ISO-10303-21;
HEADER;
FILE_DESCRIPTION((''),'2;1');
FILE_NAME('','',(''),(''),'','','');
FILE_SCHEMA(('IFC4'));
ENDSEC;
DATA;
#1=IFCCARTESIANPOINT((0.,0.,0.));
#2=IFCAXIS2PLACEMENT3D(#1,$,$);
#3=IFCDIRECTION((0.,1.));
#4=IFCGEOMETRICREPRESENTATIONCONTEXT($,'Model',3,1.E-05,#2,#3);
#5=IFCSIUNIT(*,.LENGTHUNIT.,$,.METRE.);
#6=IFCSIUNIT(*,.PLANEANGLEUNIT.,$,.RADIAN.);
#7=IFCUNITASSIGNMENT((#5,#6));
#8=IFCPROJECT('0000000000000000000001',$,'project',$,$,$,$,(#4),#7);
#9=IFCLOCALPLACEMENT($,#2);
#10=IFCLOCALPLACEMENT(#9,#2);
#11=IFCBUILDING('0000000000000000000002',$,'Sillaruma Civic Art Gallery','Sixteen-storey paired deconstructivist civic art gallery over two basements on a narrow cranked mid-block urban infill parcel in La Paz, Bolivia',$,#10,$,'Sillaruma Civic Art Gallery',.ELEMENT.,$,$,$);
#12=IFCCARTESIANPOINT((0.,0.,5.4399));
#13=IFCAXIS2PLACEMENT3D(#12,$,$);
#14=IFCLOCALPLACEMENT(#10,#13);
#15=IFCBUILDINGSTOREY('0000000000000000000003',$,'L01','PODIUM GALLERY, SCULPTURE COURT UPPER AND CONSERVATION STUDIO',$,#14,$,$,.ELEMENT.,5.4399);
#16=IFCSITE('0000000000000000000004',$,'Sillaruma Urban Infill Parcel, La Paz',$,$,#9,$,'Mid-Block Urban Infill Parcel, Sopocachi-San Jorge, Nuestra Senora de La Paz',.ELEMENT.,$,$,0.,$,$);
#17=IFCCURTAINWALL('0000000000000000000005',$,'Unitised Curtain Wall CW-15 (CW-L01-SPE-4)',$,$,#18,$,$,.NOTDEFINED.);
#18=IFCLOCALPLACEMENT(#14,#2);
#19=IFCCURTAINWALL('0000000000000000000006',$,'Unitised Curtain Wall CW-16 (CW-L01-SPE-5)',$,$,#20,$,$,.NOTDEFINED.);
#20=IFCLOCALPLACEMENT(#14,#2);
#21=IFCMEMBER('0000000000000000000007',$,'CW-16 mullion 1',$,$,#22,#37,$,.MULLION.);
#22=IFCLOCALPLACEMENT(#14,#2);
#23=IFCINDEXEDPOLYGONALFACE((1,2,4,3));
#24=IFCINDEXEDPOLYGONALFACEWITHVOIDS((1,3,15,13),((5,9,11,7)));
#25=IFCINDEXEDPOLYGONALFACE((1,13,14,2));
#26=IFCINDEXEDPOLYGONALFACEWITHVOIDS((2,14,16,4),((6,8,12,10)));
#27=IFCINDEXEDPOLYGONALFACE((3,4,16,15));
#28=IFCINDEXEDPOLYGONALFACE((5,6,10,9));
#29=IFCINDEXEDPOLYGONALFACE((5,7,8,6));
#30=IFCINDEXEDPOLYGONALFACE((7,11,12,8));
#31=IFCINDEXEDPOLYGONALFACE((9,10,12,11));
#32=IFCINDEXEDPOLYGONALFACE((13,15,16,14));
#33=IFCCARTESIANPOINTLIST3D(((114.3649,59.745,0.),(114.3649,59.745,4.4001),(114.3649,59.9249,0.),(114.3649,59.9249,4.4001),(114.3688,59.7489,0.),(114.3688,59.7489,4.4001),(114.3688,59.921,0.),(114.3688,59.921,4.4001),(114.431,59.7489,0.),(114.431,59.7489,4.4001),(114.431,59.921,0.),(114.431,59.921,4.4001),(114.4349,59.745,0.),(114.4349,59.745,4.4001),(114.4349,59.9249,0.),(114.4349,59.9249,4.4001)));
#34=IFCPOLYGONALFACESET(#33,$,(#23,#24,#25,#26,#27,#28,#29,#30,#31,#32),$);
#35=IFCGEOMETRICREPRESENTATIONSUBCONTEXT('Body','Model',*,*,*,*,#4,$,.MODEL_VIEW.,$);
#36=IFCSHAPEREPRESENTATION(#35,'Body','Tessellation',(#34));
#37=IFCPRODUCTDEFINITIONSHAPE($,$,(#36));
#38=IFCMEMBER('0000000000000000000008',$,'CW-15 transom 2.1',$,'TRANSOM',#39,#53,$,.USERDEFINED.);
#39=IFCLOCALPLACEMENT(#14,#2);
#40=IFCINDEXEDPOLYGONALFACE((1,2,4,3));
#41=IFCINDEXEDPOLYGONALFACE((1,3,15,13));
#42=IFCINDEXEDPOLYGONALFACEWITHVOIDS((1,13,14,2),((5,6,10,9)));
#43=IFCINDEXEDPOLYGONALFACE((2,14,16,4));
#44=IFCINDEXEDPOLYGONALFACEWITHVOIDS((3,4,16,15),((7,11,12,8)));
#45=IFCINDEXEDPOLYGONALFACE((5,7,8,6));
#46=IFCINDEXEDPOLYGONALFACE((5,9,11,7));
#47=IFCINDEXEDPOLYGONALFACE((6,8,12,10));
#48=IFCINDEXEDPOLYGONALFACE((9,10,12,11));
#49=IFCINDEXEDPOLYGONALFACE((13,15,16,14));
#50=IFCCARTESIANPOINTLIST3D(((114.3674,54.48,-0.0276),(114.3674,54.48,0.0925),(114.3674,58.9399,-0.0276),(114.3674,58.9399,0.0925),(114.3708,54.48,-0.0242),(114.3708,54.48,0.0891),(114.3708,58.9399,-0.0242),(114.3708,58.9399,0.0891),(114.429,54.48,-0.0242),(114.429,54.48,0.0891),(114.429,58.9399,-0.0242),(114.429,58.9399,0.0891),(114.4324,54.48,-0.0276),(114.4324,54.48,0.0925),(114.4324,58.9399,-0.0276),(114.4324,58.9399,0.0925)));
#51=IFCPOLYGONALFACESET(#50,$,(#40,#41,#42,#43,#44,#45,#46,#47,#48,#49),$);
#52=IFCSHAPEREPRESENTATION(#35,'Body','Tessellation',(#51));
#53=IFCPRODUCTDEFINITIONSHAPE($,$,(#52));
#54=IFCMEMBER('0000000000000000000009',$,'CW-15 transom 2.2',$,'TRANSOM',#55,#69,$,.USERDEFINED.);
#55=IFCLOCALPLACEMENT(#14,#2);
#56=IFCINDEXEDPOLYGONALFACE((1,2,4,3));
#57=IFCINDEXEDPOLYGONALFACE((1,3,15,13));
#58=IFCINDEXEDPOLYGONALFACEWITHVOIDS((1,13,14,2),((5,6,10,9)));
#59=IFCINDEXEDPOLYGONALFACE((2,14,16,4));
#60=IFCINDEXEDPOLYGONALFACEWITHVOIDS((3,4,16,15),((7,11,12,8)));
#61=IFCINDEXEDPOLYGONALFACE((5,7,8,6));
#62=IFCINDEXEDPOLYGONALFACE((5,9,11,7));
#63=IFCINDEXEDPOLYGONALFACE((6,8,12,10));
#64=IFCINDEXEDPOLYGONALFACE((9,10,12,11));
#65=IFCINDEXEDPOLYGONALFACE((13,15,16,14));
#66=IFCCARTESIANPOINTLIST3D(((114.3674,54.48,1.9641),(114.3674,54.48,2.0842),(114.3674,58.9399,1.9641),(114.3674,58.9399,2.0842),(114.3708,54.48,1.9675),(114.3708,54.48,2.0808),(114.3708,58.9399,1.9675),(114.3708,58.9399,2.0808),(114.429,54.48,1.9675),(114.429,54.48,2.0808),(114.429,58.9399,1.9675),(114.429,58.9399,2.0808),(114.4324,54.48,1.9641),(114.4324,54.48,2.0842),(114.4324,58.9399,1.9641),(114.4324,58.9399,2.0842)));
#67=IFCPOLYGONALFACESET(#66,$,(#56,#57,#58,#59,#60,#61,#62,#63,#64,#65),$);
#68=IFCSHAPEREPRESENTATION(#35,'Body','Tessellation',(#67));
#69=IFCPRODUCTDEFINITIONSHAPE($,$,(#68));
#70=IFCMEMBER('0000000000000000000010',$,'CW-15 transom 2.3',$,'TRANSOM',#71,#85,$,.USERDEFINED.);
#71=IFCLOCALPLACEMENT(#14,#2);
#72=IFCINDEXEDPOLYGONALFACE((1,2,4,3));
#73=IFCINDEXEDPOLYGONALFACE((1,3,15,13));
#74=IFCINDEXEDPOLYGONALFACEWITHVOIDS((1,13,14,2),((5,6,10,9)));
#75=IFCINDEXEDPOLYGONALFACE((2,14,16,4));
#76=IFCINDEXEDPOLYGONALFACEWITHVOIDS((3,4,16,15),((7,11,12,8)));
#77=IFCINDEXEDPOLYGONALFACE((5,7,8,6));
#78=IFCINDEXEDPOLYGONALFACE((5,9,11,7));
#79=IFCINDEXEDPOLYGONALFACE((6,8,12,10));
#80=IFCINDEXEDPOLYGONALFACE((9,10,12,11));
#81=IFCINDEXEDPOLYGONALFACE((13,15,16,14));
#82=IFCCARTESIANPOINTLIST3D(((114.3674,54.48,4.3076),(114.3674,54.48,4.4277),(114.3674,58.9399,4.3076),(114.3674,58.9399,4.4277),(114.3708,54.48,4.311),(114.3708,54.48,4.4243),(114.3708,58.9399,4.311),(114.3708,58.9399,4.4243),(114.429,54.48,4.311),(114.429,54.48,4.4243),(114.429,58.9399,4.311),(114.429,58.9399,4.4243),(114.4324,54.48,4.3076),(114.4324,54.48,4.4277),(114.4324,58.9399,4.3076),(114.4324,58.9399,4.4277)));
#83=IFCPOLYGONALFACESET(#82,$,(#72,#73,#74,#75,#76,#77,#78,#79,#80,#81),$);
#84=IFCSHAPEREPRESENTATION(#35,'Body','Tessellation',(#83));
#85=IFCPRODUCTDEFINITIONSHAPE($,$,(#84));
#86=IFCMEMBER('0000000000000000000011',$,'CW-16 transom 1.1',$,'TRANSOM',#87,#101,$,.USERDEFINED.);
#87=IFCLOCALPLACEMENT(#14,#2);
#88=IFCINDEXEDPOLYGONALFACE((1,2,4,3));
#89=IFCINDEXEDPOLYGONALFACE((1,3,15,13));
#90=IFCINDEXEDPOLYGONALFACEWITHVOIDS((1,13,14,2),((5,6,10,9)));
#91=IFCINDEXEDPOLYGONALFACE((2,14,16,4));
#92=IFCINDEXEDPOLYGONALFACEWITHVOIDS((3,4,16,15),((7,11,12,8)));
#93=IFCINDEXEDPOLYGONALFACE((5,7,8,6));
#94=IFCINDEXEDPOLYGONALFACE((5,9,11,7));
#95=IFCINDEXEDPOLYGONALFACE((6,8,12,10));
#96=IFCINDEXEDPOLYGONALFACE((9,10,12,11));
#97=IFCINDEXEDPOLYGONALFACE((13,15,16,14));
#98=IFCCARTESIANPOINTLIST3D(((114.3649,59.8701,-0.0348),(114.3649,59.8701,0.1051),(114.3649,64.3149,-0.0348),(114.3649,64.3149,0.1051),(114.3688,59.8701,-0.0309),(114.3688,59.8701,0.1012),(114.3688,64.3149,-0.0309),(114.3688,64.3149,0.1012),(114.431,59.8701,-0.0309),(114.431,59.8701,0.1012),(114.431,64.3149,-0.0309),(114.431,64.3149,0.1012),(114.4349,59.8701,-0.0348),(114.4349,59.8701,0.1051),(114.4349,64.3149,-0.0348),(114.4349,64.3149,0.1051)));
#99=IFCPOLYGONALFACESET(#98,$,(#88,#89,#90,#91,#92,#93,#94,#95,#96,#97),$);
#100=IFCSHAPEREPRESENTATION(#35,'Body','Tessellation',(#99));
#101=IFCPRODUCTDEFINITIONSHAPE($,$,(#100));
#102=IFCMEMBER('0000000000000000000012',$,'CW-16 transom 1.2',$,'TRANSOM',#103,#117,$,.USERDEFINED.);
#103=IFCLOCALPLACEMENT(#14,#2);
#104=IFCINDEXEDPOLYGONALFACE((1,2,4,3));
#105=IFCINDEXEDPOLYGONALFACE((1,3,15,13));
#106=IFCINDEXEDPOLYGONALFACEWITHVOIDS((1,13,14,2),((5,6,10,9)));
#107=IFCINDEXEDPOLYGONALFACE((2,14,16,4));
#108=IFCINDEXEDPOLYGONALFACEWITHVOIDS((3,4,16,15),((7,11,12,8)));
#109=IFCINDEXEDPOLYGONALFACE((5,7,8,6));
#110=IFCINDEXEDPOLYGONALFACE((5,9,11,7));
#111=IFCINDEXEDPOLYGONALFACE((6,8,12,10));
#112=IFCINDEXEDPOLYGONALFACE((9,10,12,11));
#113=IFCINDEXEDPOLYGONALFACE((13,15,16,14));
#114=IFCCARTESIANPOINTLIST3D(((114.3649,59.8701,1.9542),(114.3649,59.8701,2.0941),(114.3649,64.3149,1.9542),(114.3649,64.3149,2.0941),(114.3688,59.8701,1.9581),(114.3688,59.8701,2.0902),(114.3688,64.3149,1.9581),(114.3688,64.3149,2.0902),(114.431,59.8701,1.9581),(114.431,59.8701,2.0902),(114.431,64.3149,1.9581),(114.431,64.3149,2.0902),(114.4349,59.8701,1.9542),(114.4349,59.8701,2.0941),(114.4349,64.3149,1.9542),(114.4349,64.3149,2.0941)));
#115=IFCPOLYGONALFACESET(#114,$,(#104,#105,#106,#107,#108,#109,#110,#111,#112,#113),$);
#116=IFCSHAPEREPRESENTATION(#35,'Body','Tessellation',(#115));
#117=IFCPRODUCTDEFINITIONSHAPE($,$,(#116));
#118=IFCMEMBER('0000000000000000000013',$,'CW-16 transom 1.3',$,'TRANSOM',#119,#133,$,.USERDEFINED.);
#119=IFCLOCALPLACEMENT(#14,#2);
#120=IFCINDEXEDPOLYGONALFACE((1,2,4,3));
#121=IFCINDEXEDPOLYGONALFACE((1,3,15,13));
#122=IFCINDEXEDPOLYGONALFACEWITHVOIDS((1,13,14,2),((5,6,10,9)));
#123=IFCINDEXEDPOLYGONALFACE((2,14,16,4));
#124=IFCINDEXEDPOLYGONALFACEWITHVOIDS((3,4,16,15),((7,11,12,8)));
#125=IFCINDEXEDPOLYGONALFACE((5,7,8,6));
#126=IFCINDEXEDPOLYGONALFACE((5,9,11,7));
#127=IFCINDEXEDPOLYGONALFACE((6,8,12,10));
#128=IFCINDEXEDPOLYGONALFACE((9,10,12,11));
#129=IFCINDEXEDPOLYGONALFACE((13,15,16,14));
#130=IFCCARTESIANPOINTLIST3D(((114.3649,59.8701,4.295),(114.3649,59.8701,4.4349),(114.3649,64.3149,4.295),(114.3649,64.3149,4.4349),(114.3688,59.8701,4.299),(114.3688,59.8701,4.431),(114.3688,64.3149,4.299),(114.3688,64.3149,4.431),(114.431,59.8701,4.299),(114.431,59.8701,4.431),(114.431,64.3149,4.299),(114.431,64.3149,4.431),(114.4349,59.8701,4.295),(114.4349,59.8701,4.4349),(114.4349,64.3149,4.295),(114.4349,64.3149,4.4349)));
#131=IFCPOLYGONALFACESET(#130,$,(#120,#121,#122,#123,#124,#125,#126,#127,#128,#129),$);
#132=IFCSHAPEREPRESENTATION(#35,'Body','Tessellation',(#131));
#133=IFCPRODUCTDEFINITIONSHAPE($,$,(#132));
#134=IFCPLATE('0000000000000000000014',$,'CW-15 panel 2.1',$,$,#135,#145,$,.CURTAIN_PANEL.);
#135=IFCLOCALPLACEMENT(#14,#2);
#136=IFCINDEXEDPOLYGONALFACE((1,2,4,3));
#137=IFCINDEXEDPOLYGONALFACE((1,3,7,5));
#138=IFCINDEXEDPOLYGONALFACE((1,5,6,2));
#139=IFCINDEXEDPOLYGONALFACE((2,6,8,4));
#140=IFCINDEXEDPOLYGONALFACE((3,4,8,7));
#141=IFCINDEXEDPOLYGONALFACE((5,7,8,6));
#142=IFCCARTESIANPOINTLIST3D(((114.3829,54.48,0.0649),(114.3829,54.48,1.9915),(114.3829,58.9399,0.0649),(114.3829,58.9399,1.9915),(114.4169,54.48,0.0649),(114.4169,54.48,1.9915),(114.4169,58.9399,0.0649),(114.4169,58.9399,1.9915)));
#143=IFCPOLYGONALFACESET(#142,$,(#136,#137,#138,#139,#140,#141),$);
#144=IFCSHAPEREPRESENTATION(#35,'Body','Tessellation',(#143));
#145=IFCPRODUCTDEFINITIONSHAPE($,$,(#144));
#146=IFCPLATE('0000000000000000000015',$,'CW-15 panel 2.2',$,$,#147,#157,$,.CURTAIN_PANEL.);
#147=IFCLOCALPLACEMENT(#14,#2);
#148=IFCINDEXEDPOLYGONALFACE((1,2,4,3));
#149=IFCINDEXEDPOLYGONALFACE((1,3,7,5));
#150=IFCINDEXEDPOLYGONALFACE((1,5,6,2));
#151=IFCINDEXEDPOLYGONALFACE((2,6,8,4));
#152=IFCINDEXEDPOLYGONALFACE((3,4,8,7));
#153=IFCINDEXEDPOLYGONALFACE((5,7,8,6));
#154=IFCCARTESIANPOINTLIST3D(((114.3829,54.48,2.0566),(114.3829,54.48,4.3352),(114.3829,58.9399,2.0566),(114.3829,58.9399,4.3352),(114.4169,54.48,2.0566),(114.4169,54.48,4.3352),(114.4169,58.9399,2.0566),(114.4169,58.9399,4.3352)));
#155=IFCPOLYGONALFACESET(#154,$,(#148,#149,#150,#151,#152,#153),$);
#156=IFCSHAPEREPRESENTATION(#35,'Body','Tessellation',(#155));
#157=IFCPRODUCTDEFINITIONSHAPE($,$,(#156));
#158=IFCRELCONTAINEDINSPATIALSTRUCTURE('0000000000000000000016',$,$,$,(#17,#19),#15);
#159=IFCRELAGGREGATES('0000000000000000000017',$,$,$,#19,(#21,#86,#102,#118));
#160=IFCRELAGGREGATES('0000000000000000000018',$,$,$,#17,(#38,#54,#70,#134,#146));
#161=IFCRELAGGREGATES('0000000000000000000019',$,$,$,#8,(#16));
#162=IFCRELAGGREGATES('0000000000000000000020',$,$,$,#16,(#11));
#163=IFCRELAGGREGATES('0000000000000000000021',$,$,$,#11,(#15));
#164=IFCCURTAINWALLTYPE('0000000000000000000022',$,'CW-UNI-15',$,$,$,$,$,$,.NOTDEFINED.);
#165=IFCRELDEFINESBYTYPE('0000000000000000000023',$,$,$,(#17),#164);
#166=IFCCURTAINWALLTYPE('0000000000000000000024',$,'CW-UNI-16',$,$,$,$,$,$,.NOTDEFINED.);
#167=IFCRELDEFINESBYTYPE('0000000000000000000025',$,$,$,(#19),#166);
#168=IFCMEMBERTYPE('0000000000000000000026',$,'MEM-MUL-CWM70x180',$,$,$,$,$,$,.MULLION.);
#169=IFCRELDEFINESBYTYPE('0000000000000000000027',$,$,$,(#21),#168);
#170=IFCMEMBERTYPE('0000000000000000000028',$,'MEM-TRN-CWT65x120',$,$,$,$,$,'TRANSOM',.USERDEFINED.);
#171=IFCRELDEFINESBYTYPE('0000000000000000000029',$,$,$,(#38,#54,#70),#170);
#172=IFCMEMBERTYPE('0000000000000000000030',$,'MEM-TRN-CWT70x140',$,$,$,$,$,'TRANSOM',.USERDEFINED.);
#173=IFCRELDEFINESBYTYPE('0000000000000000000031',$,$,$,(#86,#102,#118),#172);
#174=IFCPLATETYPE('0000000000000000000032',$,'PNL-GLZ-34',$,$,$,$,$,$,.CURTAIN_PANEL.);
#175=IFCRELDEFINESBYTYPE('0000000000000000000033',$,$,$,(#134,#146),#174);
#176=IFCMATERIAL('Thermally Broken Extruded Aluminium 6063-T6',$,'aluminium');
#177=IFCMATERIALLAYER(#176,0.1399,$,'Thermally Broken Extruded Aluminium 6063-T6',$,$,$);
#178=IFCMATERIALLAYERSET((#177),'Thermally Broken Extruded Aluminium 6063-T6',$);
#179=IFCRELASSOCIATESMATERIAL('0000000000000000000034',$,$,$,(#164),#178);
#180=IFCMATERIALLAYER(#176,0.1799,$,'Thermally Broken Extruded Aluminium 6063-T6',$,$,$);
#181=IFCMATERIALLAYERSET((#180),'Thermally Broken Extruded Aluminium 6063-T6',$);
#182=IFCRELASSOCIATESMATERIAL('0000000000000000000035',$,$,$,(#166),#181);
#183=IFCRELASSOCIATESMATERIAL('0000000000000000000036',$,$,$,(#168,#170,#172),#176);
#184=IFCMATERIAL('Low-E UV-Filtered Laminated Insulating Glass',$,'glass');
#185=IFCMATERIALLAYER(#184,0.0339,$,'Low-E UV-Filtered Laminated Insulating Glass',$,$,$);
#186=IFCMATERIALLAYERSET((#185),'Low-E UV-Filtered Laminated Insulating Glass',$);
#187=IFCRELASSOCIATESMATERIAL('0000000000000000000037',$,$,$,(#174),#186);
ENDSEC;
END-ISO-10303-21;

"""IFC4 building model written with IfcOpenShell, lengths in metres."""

from ifc_helpers import new_model, si_unit, direction, frame, origin, origin_2d, place, context, subcontext, project, spatial, rectangle, hollow_rectangle, extrude, material, layer, layer_set, material_profile, profile_set, type_object, element, aggregate, save


model = new_model("IFC4")

# Units and contexts
model_context = context("Model", 3, precision=1e-05, world=origin(), true_north=direction((0.0, 1.0)))
body_context = subcontext(model_context, "Body", "Model", "MODEL_VIEW")
ifc_project = project(units=[si_unit("LENGTHUNIT", "METRE"), si_unit("PLANEANGLEUNIT", "RADIAN")], contexts=[model_context])

# Site, building, storey
site_placement = place(None, origin())
site = spatial("IfcSite", under=ifc_project, at=site_placement, Name="Sillaruma Urban Infill Parcel, La Paz", LongName="Mid-Block Urban Infill Parcel, Sopocachi-San Jorge, Nuestra Senora de La Paz", CompositionType="ELEMENT", RefElevation=0.0)
building_placement = place(site_placement, origin())
building = spatial("IfcBuilding", under=site, at=building_placement, Name="Sillaruma Civic Art Gallery", Description="Sixteen-storey paired deconstructivist civic art gallery over two basements on a narrow cranked mid-block urban infill parcel in La Paz, Bolivia", LongName="Sillaruma Civic Art Gallery", CompositionType="ELEMENT")
storey_placement = place(building_placement, frame((0.0, 0.0, 5.4399)))
storey = spatial("IfcBuildingStorey", under=building, at=storey_placement, Name="L01", Description="PODIUM GALLERY, SCULPTURE COURT UPPER AND CONSERVATION STUDIO", CompositionType="ELEMENT", Elevation=5.4399)

# Curtain walls, member
ifc_material_1 = material(Name="Thermally Broken Extruded Aluminium 6063-T6", Category="aluminium")
ifc_layer_1 = layer(ifc_material_1, 0.1399, Name="Thermally Broken Extruded Aluminium 6063-T6")
ifc_layer_set_1 = layer_set([ifc_layer_1], Name="Thermally Broken Extruded Aluminium 6063-T6")
curtain_wall_type_1 = type_object("IfcCurtainWallType", Name="CW-UNI-15", PredefinedType="NOTDEFINED", material=ifc_layer_set_1)
curtain_wall_1_placement = place(storey_placement, origin())
curtain_wall_1 = element("IfcCurtainWall", 1, at=curtain_wall_1_placement, inside=storey, type_object=curtain_wall_type_1, Name="Unitised Curtain Wall CW-15 (CW-L01-SPE-4)", PredefinedType="NOTDEFINED")
ifc_layer_2 = layer(ifc_material_1, 0.1799, Name="Thermally Broken Extruded Aluminium 6063-T6")
ifc_layer_set_2 = layer_set([ifc_layer_2], Name="Thermally Broken Extruded Aluminium 6063-T6")
curtain_wall_type_2 = type_object("IfcCurtainWallType", Name="CW-UNI-16", PredefinedType="NOTDEFINED", material=ifc_layer_set_2)
curtain_wall_2_placement = place(storey_placement, origin())
curtain_wall_2 = element("IfcCurtainWall", 2, at=curtain_wall_2_placement, inside=storey, type_object=curtain_wall_type_2, Name="Unitised Curtain Wall CW-16 (CW-L01-SPE-5)", PredefinedType="NOTDEFINED")
ifc_material_profile_1 = material_profile(ifc_material_1, hollow_rectangle(XDim=0.0701, YDim=0.1799, WallThickness=0.0039, at=origin_2d()), Name="CWM70x180")
ifc_profile_set_1 = profile_set([ifc_material_profile_1], Name="Thermally Broken Extruded Aluminium 6063-T6")
member_type_1 = type_object("IfcMemberType", Name="MEM-MUL-CWM70x180", PredefinedType="MULLION", material=ifc_profile_set_1)
member_1_placement = place(storey_placement, frame((114.3999, 59.835, 0.0), z_axis=(0.0, 0.0, 1.0), x_axis=(-1.0, 0.0, 0.0)))
member_1 = element("IfcMember", 3, at=member_1_placement, type_object=member_type_1, Name="CW-16 mullion 1", PredefinedType="MULLION", context=body_context, shape_type="SweptSolid", body=[
    extrude(hollow_rectangle(XDim=0.0701, YDim=0.1799, WallThickness=0.0039, at=origin_2d()), origin(), (0.0, 0.0, 1.0), 4.4001),
])

# Members
ifc_material_profile_2 = material_profile(ifc_material_1, hollow_rectangle(XDim=0.0649, YDim=0.1201, WallThickness=0.0034, at=origin_2d()), Name="CWT65x120")
ifc_profile_set_2 = profile_set([ifc_material_profile_2], Name="Thermally Broken Extruded Aluminium 6063-T6")
member_type_2 = type_object("IfcMemberType", Name="MEM-TRN-CWT65x120", ElementType="TRANSOM", PredefinedType="USERDEFINED", material=ifc_profile_set_2)
member_2_placement = place(storey_placement, frame((114.3999, 54.48, 0.0325), z_axis=(0.0, 1.0, 0.0), x_axis=(-1.0, 0.0, 0.0)))
member_2 = element("IfcMember", 4, at=member_2_placement, type_object=member_type_2, Name="CW-15 transom 2.1", ObjectType="TRANSOM", PredefinedType="USERDEFINED", context=body_context, shape_type="SweptSolid", body=[
    extrude(hollow_rectangle(XDim=0.0649, YDim=0.1201, WallThickness=0.0034, at=origin_2d()), origin(), (0.0, 0.0, 1.0), 4.46),
])
member_3_placement = place(storey_placement, frame((114.3999, 54.48, 2.0242), z_axis=(0.0, 1.0, 0.0), x_axis=(-1.0, 0.0, 0.0)))
member_3 = element("IfcMember", 5, at=member_3_placement, type_object=member_type_2, Name="CW-15 transom 2.2", ObjectType="TRANSOM", PredefinedType="USERDEFINED", context=body_context, shape_type="SweptSolid", body=[
    extrude(hollow_rectangle(XDim=0.0649, YDim=0.1201, WallThickness=0.0034, at=origin_2d()), origin(), (0.0, 0.0, 1.0), 4.46),
])
member_4_placement = place(storey_placement, frame((114.3999, 54.48, 4.3677), z_axis=(0.0, 1.0, 0.0), x_axis=(-1.0, 0.0, 0.0)))
member_4 = element("IfcMember", 6, at=member_4_placement, type_object=member_type_2, Name="CW-15 transom 2.3", ObjectType="TRANSOM", PredefinedType="USERDEFINED", context=body_context, shape_type="SweptSolid", body=[
    extrude(hollow_rectangle(XDim=0.0649, YDim=0.1201, WallThickness=0.0034, at=origin_2d()), origin(), (0.0, 0.0, 1.0), 4.46),
])
ifc_material_profile_3 = material_profile(ifc_material_1, hollow_rectangle(XDim=0.0701, YDim=0.1399, WallThickness=0.0039, at=origin_2d()), Name="CWT70x140")
ifc_profile_set_3 = profile_set([ifc_material_profile_3], Name="Thermally Broken Extruded Aluminium 6063-T6")
member_type_3 = type_object("IfcMemberType", Name="MEM-TRN-CWT70x140", ElementType="TRANSOM", PredefinedType="USERDEFINED", material=ifc_profile_set_3)
member_5_placement = place(storey_placement, frame((114.3999, 59.8701, 0.0352), z_axis=(0.0, 1.0, 0.0), x_axis=(-1.0, 0.0, 0.0)))
member_5 = element("IfcMember", 7, at=member_5_placement, type_object=member_type_3, Name="CW-16 transom 1.1", ObjectType="TRANSOM", PredefinedType="USERDEFINED", context=body_context, shape_type="SweptSolid", body=[
    extrude(hollow_rectangle(XDim=0.0701, YDim=0.1399, WallThickness=0.0039, at=origin_2d()), origin(), (0.0, 0.0, 1.0), 4.4448),
])
member_6_placement = place(storey_placement, frame((114.3999, 59.8701, 2.0242), z_axis=(0.0, 1.0, 0.0), x_axis=(-1.0, 0.0, 0.0)))
member_6 = element("IfcMember", 8, at=member_6_placement, type_object=member_type_3, Name="CW-16 transom 1.2", ObjectType="TRANSOM", PredefinedType="USERDEFINED", context=body_context, shape_type="SweptSolid", body=[
    extrude(hollow_rectangle(XDim=0.0701, YDim=0.1399, WallThickness=0.0039, at=origin_2d()), origin(), (0.0, 0.0, 1.0), 4.4448),
])
member_7_placement = place(storey_placement, frame((114.3999, 59.8701, 4.365), z_axis=(0.0, 1.0, 0.0), x_axis=(-1.0, 0.0, 0.0)))
member_7 = element("IfcMember", 9, at=member_7_placement, type_object=member_type_3, Name="CW-16 transom 1.3", ObjectType="TRANSOM", PredefinedType="USERDEFINED", context=body_context, shape_type="SweptSolid", body=[
    extrude(hollow_rectangle(XDim=0.0701, YDim=0.1399, WallThickness=0.0039, at=origin_2d()), origin(), (0.0, 0.0, 1.0), 4.4448),
])
aggregate(curtain_wall_2, [member_1, member_5, member_6, member_7])

# Plates
ifc_material_2 = material(Name="Low-E UV-Filtered Laminated Insulating Glass", Category="glass")
ifc_layer_3 = layer(ifc_material_2, 0.0339, Name="Low-E UV-Filtered Laminated Insulating Glass")
ifc_layer_set_3 = layer_set([ifc_layer_3], Name="Low-E UV-Filtered Laminated Insulating Glass")
plate_type = type_object("IfcPlateType", Name="PNL-GLZ-34", PredefinedType="CURTAIN_PANEL", material=ifc_layer_set_3)
plate_1_placement = place(storey_placement, frame((114.3999, 56.71, 0.0649), z_axis=(0.0, 0.0, 1.0), x_axis=(0.0, 1.0, 0.0)))
plate_1 = element("IfcPlate", 10, at=plate_1_placement, type_object=plate_type, Name="CW-15 panel 2.1", PredefinedType="CURTAIN_PANEL", context=body_context, shape_type="SweptSolid", body=[
    extrude(rectangle(XDim=4.46, YDim=0.0339, at=origin_2d()), origin(), (0.0, 0.0, 1.0), 1.9265),
])
plate_2_placement = place(storey_placement, frame((114.3999, 56.71, 2.0566), z_axis=(0.0, 0.0, 1.0), x_axis=(0.0, 1.0, 0.0)))
plate_2 = element("IfcPlate", 11, at=plate_2_placement, type_object=plate_type, Name="CW-15 panel 2.2", PredefinedType="CURTAIN_PANEL", context=body_context, shape_type="SweptSolid", body=[
    extrude(rectangle(XDim=4.46, YDim=0.0339, at=origin_2d()), origin(), (0.0, 0.0, 1.0), 2.2786),
])
aggregate(curtain_wall_1, [member_2, member_3, member_4, plate_1, plate_2])

save(model, "model.ifc")
